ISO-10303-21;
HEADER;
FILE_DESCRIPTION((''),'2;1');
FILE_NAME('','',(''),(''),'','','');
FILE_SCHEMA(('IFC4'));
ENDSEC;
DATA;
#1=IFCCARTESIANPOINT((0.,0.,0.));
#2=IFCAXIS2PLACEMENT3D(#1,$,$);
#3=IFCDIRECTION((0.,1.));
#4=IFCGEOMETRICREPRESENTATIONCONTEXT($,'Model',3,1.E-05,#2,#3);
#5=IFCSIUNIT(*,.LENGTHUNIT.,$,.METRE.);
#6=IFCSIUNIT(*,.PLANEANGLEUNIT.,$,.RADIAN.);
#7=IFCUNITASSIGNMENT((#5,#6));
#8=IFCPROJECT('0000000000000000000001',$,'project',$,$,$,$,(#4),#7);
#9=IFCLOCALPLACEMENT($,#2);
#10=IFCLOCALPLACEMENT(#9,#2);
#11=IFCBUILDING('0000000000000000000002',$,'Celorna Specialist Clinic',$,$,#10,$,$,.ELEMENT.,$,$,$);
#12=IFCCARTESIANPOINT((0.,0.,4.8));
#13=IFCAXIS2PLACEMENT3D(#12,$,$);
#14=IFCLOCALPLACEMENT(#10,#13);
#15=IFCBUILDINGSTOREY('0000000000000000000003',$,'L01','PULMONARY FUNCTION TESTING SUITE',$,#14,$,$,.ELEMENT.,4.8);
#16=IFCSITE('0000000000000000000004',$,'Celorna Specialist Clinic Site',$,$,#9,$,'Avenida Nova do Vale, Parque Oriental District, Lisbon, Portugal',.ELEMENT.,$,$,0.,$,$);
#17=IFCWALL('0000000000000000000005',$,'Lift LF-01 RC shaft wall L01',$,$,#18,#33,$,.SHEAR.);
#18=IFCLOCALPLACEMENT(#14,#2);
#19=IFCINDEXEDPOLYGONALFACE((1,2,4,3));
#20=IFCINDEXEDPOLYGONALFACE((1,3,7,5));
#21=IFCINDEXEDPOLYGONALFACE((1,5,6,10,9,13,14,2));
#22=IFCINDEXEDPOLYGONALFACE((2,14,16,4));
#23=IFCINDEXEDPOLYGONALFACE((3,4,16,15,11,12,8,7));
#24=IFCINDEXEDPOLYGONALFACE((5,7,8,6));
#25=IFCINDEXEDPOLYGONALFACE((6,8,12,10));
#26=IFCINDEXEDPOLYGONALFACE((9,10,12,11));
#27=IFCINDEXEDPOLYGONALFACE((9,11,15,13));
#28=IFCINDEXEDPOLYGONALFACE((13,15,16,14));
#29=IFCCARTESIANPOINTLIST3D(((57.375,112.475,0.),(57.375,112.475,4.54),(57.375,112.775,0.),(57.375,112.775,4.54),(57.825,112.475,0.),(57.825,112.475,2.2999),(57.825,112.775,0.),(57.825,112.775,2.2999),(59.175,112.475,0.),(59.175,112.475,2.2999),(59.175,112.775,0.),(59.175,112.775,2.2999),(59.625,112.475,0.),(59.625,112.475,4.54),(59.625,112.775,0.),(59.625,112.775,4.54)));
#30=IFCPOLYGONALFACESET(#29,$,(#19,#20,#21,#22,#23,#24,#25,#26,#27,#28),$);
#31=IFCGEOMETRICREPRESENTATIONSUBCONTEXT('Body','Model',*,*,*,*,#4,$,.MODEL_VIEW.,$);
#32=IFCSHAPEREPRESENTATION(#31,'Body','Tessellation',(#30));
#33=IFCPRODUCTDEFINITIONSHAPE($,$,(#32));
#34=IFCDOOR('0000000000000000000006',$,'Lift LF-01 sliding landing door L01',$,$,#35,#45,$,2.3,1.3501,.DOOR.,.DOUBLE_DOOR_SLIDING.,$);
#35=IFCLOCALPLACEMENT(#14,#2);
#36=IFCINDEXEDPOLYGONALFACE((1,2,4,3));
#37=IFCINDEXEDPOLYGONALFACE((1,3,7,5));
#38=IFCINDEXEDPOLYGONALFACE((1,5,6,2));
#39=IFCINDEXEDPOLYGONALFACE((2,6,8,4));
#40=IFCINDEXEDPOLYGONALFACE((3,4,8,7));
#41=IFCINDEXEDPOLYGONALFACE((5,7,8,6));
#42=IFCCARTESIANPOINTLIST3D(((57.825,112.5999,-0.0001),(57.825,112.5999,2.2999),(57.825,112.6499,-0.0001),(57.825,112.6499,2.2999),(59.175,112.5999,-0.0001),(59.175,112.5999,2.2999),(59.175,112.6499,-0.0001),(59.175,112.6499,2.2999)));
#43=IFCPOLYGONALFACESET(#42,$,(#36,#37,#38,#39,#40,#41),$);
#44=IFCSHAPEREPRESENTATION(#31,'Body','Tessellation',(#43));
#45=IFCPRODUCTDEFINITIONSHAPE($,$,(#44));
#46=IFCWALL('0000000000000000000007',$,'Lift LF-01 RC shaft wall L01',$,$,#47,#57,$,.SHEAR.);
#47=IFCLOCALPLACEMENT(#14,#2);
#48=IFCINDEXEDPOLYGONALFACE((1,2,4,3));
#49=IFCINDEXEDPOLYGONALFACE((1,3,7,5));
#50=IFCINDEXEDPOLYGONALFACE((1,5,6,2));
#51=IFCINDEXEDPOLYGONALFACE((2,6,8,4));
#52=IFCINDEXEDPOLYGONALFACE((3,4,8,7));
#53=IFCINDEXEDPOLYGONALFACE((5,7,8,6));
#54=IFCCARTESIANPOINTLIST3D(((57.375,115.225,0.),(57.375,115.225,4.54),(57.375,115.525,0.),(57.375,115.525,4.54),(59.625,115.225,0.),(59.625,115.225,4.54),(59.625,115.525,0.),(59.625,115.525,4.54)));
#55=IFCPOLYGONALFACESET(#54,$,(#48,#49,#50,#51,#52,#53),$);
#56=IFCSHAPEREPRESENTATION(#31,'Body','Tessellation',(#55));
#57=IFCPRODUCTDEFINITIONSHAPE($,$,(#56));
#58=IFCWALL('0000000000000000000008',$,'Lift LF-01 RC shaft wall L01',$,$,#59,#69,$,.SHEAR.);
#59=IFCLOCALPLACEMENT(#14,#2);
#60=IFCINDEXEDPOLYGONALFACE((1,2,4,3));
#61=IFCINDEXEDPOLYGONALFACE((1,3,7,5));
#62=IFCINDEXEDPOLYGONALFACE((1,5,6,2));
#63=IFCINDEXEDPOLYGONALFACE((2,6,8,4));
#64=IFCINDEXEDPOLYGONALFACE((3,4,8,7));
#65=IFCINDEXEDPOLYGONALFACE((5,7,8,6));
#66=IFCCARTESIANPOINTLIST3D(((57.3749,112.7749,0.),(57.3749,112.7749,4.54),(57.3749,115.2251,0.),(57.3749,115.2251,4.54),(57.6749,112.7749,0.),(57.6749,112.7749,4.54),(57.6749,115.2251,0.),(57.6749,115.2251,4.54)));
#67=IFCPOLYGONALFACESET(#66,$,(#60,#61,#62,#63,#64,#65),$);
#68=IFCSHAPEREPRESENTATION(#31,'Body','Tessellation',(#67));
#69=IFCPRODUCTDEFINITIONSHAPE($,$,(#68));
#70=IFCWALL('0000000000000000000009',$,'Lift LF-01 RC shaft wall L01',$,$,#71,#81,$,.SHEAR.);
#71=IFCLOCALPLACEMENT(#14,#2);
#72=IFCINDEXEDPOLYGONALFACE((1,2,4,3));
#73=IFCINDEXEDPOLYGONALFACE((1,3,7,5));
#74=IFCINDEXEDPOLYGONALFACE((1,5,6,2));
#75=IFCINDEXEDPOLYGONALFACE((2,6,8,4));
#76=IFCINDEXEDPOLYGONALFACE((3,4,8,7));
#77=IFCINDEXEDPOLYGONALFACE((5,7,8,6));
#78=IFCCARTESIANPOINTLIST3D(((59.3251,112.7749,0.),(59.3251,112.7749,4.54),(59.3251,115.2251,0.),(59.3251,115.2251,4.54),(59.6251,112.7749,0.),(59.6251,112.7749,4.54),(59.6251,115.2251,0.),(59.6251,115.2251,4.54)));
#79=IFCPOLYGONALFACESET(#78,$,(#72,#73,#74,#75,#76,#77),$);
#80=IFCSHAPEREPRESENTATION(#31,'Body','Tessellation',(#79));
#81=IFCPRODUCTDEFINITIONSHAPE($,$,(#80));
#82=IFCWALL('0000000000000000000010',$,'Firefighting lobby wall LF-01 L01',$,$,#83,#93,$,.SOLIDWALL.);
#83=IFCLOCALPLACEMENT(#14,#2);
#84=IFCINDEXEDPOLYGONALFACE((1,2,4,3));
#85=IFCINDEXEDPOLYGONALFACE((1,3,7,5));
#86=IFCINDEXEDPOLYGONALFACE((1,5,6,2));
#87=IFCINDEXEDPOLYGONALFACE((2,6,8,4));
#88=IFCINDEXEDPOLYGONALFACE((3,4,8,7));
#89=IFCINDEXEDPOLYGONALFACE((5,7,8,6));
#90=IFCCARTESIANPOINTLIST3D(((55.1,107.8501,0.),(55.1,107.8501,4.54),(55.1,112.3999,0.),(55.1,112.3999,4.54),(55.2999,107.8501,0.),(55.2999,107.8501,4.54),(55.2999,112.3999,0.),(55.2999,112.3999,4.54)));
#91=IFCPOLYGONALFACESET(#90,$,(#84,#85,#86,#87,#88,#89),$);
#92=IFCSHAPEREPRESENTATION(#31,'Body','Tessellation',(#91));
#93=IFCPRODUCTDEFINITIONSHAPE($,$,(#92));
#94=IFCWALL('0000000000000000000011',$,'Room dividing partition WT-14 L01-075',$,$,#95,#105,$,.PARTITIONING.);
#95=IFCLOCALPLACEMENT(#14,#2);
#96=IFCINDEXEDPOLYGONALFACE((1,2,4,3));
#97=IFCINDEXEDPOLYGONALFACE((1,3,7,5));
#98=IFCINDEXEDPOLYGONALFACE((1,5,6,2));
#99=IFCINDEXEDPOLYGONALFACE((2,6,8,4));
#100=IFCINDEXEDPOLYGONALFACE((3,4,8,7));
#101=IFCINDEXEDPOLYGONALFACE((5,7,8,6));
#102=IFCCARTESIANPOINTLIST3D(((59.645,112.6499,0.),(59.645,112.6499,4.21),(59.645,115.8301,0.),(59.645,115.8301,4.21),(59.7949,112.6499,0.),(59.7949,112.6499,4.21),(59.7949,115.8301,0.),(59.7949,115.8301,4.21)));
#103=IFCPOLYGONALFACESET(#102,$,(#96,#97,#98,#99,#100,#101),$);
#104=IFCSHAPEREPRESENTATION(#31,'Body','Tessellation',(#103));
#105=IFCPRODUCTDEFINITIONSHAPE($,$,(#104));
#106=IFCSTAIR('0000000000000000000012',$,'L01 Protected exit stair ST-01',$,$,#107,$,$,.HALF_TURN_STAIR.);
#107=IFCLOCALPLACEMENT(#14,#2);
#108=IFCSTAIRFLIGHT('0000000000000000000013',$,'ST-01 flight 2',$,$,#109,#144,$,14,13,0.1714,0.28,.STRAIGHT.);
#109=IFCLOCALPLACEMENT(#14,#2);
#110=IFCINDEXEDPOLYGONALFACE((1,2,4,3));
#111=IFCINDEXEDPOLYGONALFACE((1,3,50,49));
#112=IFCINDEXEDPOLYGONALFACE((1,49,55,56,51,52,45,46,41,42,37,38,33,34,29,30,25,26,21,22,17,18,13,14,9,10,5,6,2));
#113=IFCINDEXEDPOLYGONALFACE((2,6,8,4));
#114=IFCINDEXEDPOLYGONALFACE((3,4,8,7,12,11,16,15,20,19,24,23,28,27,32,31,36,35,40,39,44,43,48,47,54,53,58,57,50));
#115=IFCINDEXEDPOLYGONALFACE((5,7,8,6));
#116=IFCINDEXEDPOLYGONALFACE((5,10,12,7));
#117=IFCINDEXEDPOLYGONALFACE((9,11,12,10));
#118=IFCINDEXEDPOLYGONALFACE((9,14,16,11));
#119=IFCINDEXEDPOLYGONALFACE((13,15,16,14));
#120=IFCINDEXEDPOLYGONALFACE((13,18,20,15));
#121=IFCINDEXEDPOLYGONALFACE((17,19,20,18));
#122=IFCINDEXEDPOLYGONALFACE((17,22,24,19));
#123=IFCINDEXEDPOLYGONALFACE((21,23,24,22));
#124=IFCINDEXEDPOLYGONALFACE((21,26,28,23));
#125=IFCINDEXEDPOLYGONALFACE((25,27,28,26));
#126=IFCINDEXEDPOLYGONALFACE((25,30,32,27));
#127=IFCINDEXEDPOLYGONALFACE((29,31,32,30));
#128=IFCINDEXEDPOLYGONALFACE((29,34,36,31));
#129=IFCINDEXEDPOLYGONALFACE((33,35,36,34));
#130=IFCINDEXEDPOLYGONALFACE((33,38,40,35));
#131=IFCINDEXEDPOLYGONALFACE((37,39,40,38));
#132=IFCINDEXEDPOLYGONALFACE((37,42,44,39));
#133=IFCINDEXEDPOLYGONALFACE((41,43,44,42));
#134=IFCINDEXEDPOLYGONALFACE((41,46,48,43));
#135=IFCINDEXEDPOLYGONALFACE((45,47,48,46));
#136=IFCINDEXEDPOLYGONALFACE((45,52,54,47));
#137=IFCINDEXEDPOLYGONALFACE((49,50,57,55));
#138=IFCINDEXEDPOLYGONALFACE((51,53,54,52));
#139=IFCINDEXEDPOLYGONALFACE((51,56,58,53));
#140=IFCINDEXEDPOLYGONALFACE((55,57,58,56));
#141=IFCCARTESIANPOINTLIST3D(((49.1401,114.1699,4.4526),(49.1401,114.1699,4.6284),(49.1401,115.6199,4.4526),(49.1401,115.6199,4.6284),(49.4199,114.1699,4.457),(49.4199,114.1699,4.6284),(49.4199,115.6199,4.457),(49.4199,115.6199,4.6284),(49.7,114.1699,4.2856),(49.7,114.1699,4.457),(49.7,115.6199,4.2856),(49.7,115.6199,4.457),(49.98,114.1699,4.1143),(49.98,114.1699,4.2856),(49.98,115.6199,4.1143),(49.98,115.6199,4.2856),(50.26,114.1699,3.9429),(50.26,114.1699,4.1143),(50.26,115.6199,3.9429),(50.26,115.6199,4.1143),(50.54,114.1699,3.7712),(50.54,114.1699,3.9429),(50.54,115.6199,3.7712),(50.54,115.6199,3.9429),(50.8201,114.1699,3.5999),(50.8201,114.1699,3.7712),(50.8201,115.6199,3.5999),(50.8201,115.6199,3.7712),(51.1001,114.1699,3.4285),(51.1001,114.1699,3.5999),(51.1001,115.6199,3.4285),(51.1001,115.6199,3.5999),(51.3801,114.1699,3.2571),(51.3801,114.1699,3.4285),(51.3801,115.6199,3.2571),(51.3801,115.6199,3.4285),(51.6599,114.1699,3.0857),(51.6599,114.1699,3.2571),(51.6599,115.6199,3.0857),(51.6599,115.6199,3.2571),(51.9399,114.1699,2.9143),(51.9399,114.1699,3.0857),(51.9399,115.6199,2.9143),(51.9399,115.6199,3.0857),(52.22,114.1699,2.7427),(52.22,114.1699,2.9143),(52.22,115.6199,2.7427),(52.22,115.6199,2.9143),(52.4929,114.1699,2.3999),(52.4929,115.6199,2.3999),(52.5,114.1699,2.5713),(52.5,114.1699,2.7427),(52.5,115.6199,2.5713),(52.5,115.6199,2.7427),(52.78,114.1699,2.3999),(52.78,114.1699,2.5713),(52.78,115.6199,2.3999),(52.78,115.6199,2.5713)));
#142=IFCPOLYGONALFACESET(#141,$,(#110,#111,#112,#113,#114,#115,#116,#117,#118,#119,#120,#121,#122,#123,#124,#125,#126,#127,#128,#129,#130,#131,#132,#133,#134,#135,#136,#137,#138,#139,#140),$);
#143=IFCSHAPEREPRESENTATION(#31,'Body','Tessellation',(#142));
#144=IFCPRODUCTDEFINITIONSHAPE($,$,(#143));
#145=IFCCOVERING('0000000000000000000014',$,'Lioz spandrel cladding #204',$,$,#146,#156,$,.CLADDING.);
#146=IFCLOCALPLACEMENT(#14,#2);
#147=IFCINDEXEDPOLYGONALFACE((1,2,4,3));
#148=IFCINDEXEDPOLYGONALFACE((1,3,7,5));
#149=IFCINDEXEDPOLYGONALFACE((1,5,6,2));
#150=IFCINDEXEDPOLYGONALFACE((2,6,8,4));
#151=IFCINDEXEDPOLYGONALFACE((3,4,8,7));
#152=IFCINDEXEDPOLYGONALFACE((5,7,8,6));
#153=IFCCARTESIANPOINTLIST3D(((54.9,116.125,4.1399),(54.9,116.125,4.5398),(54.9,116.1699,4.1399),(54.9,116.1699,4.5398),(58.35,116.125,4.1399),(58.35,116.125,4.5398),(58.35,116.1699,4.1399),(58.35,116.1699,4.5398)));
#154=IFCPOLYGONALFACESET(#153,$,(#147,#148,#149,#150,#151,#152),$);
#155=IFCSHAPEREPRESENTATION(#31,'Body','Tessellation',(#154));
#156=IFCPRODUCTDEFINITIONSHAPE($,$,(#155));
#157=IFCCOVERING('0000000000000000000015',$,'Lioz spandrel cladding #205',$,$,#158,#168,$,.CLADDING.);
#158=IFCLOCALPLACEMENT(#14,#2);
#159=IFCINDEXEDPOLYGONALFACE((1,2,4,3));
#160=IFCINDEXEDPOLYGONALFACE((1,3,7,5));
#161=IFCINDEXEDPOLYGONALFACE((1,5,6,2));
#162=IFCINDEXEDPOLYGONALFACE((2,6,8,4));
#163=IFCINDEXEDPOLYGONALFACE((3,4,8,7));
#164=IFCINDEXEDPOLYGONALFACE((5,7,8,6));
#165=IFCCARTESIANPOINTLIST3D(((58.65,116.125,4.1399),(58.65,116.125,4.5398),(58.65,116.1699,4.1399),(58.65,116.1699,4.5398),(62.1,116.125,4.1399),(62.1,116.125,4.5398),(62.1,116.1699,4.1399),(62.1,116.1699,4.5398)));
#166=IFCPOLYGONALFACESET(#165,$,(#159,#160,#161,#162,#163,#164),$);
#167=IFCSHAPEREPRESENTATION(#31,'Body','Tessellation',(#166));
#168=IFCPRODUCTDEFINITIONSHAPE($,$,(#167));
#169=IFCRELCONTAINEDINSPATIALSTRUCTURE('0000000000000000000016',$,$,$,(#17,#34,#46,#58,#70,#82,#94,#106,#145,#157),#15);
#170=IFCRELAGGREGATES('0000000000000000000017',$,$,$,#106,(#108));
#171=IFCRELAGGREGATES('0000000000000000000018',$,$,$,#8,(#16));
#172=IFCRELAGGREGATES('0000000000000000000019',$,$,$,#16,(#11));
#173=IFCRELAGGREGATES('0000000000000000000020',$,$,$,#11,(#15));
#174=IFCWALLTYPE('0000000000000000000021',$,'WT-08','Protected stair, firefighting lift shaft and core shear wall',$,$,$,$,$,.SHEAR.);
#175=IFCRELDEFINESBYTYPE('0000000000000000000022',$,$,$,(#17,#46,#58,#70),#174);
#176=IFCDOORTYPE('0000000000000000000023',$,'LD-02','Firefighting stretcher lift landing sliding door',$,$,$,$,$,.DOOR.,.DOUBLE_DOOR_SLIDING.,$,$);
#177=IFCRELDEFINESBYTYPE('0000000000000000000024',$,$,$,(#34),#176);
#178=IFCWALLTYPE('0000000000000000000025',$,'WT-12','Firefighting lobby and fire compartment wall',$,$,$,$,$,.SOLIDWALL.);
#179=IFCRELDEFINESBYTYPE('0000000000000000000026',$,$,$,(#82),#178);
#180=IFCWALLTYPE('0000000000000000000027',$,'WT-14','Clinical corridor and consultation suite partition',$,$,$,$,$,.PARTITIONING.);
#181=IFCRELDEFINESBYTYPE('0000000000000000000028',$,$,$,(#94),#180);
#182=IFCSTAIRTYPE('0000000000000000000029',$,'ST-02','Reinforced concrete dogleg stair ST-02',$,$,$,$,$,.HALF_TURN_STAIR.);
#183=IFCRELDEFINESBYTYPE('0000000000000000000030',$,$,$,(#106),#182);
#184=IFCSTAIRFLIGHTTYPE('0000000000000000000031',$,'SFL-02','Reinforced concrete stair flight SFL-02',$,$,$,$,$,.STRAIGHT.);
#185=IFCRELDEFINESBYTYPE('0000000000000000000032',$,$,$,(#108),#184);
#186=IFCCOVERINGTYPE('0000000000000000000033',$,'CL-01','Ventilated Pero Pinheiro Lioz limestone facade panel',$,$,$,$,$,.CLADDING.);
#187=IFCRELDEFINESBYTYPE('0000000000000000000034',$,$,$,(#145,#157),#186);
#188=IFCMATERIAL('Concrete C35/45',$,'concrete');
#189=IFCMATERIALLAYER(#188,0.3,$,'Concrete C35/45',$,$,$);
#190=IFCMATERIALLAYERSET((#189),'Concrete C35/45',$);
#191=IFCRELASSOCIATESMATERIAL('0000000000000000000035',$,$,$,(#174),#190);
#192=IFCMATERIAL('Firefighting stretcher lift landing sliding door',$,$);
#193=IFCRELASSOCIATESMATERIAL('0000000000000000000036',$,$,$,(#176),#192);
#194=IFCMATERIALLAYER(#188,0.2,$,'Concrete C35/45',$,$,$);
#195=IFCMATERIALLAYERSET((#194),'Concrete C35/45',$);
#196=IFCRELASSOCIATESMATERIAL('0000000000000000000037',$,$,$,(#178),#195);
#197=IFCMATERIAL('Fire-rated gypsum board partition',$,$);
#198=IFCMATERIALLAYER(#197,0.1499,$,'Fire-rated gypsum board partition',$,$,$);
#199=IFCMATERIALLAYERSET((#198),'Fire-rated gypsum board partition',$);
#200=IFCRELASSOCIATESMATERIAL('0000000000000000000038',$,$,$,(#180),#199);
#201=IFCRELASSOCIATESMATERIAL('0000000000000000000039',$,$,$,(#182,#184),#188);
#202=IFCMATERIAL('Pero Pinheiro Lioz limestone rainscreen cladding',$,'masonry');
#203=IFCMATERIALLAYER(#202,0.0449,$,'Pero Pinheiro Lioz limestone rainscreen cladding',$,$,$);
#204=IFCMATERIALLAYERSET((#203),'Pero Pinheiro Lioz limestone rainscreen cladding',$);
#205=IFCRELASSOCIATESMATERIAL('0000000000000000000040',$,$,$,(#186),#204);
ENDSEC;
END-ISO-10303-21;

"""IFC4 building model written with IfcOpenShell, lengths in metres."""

from ifc_helpers import new_model, si_unit, direction, frame, frame_2d, origin, origin_2d, place, context, subcontext, project, spatial, polyline, rectangle, outline, extrude, material, layer, layer_set, type_object, element, fill, aggregate, save


model = new_model("IFC4")

# Units and contexts
model_context = context("Model", 3, precision=1e-05, world=origin(), true_north=direction((0.0, 1.0)))
body_context = subcontext(model_context, "Body", "Model", "MODEL_VIEW")
ifc_project = project(units=[si_unit("LENGTHUNIT", "METRE"), si_unit("PLANEANGLEUNIT", "RADIAN")], contexts=[model_context])

# Site, building, storey
site_placement = place(None, origin())
site = spatial("IfcSite", under=ifc_project, at=site_placement, Name="Celorna Specialist Clinic Site", LongName="Avenida Nova do Vale, Parque Oriental District, Lisbon, Portugal", CompositionType="ELEMENT", RefElevation=0.0)
building_placement = place(site_placement, origin())
building = spatial("IfcBuilding", under=site, at=building_placement, Name="Celorna Specialist Clinic", CompositionType="ELEMENT")
storey_placement = place(building_placement, frame((0.0, 0.0, 4.8)))
storey = spatial("IfcBuildingStorey", under=building, at=storey_placement, Name="L01", Description="PULMONARY FUNCTION TESTING SUITE", CompositionType="ELEMENT", Elevation=4.8)

# Shared definitions
ifc_material_1 = material(Name="Concrete C35/45", Category="concrete")

# Shared definitions
ifc_layer_1 = layer(ifc_material_1, 0.3, Name="Concrete C35/45")
ifc_layer_set_1 = layer_set([ifc_layer_1], Name="Concrete C35/45")
wall_type_1 = type_object("IfcWallType", Name="WT-08", Description="Protected stair, firefighting lift shaft and core shear wall", PredefinedType="SHEAR", material=ifc_layer_set_1)

# Wall, opening, door
wall_1_placement = place(storey_placement, frame((57.375, 112.625, 0.0), z_axis=(0.0, 0.0, 1.0), x_axis=(1.0, 0.0, 0.0)))
wall_1 = element("IfcWall", 1, at=wall_1_placement, inside=storey, type_object=wall_type_1, Name="Lift LF-01 RC shaft wall L01", PredefinedType="SHEAR", context=body_context, shape_type="SweptSolid", body=[
    extrude(rectangle(XDim=2.25, YDim=0.3, at=frame_2d((1.125, 0.0))), origin(), (0.0, 0.0, 1.0), 4.54),
])
opening_1_placement = place(wall_1_placement, frame((0.45, 0.0, 0.0)))
opening_1 = element("IfcOpeningElement", 2, at=opening_1_placement, cuts=wall_1, PredefinedType="OPENING", context=body_context, shape_type="SweptSolid", body=[
    extrude(rectangle(XDim=1.3501, YDim=2.3, at=frame_2d((0.675, 1.1499))), frame((0.0, 0.1599, 0.0), z_axis=(0.0, -1.0, 0.0), x_axis=(1.0, 0.0, 0.0)), (0.0, 0.0, 1.0), 0.3201),
])
ifc_material_2 = material(Name="Firefighting stretcher lift landing sliding door")
door_type = type_object("IfcDoorType", Name="LD-02", Description="Firefighting stretcher lift landing sliding door", OperationType="DOUBLE_DOOR_SLIDING", PredefinedType="DOOR", material=ifc_material_2)
door_placement = place(opening_1_placement, origin())
door = element("IfcDoor", 3, at=door_placement, inside=storey, type_object=door_type, Name="Lift LF-01 sliding landing door L01", OperationType="DOUBLE_DOOR_SLIDING", OverallHeight=2.3, OverallWidth=1.3501, PredefinedType="DOOR", context=body_context, shape_type="SweptSolid", body=[
    extrude(rectangle(XDim=1.3501, YDim=2.3, at=frame_2d((0.675, 1.1499))), frame((0.0, 0.0249, 0.0), z_axis=(0.0, -1.0, 0.0), x_axis=(1.0, 0.0, 0.0)), (0.0, 0.0, 1.0), 0.05),
])
fill(opening_1, door)

# Walls
wall_2_placement = place(storey_placement, frame((59.625, 115.375, 0.0), z_axis=(0.0, 0.0, 1.0), x_axis=(-1.0, 0.0, 0.0)))
element("IfcWall", 4, at=wall_2_placement, inside=storey, type_object=wall_type_1, Name="Lift LF-01 RC shaft wall L01", PredefinedType="SHEAR", context=body_context, shape_type="SweptSolid", body=[
    extrude(rectangle(XDim=2.25, YDim=0.3, at=frame_2d((1.125, 0.0))), origin(), (0.0, 0.0, 1.0), 4.54),
])
for number, where, z_axis, x_axis, name in (
    (5, (57.5249, 115.2251, 0.0), (0.0, 0.0, 1.0), (0.0, -1.0, 0.0), "Lift LF-01 RC shaft wall L01"),
    (6, (59.4751, 112.7749, 0.0), (0.0, 0.0, 1.0), (0.0, 1.0, 0.0), "Lift LF-01 RC shaft wall L01"),
):
    element("IfcWall", number, at=place(storey_placement, frame(where, z_axis=z_axis, x_axis=x_axis)), inside=storey, type_object=wall_type_1, Name=name, PredefinedType="SHEAR", context=body_context, shape_type="SweptSolid", body=[
        extrude(rectangle(XDim=2.4502, YDim=0.3, at=frame_2d((1.2251, 0.0))), origin(), (0.0, 0.0, 1.0), 4.54),
    ])
ifc_layer_2 = layer(ifc_material_1, 0.2, Name="Concrete C35/45")
ifc_layer_set_2 = layer_set([ifc_layer_2], Name="Concrete C35/45")
wall_type_2 = type_object("IfcWallType", Name="WT-12", Description="Firefighting lobby and fire compartment wall", PredefinedType="SOLIDWALL", material=ifc_layer_set_2)
wall_3_placement = place(storey_placement, frame((55.2, 112.3999, 0.0), z_axis=(0.0, 0.0, 1.0), x_axis=(0.0, -1.0, 0.0)))
element("IfcWall", 7, at=wall_3_placement, inside=storey, type_object=wall_type_2, Name="Firefighting lobby wall LF-01 L01", PredefinedType="SOLIDWALL", context=body_context, shape_type="SweptSolid", body=[
    extrude(rectangle(XDim=4.5498, YDim=0.2, at=frame_2d((2.2749, 0.0))), origin(), (0.0, 0.0, 1.0), 4.54),
])
ifc_material_3 = material(Name="Fire-rated gypsum board partition")
ifc_layer_3 = layer(ifc_material_3, 0.1499, Name="Fire-rated gypsum board partition")
ifc_layer_set_3 = layer_set([ifc_layer_3], Name="Fire-rated gypsum board partition")
wall_type_3 = type_object("IfcWallType", Name="WT-14", Description="Clinical corridor and consultation suite partition", PredefinedType="PARTITIONING", material=ifc_layer_set_3)
wall_4_placement = place(storey_placement, frame((59.72, 112.6499, 0.0), z_axis=(0.0, 0.0, 1.0), x_axis=(0.0, 1.0, 0.0)))
element("IfcWall", 8, at=wall_4_placement, inside=storey, type_object=wall_type_3, Name="Room dividing partition WT-14 L01-075", PredefinedType="PARTITIONING", context=body_context, shape_type="SweptSolid", body=[
    extrude(rectangle(XDim=3.1802, YDim=0.1499, at=frame_2d((1.5901, 0.0))), origin(), (0.0, 0.0, 1.0), 4.21),
])

# Stair, stair flight
stair_type = type_object("IfcStairType", Name="ST-02", Description="Reinforced concrete dogleg stair ST-02", PredefinedType="HALF_TURN_STAIR", material=ifc_material_1)
stair_placement = place(storey_placement, origin())
stair = element("IfcStair", 9, at=stair_placement, inside=storey, type_object=stair_type, Name="L01 Protected exit stair ST-01", PredefinedType="HALF_TURN_STAIR")
stair_flight_type = type_object("IfcStairFlightType", Name="SFL-02", Description="Reinforced concrete stair flight SFL-02", PredefinedType="STRAIGHT", material=ifc_material_1)
stair_flight_placement = place(storey_placement, frame((52.78, 114.895, 2.3999), z_axis=(0.0, 0.0, 1.0), x_axis=(-1.0, 0.0, 0.0)))
stair_flight = element("IfcStairFlight", 10, at=stair_flight_placement, type_object=stair_flight_type, Name="ST-01 flight 2", NumberOfRisers=14, NumberOfTreads=13, PredefinedType="STRAIGHT", RiserHeight=0.1714, TreadLength=0.28, context=body_context, shape_type="SweptSolid", body=[
    extrude(outline(polyline([(0.0, 0.0), (0.0, 0.1714), (0.28, 0.1714), (0.28, 0.3428), (0.5601, 0.3428), (0.5601, 0.5144), (0.8401, 0.5144), (0.8401, 0.6858), (1.1201, 0.6858), (1.1201, 0.8572), (1.3999, 0.8572), (1.3999, 1.0286), (1.6799, 1.0286), (1.6799, 1.2), (1.96, 1.2), (1.96, 1.3713), (2.24, 1.3713), (2.24, 1.543), (2.52, 1.543), (2.52, 1.7144), (2.8, 1.7144), (2.8, 1.8857), (3.0801, 1.8857), (3.0801, 2.0571), (3.3601, 2.0571), (3.3601, 2.2285), (3.6399, 2.2285), (3.6399, 2.3999), (3.6399, 2.0527), (0.2871, 0.0), (0.0, 0.0)])), frame((0.0, 0.7251, 0.0), z_axis=(0.0, -1.0, 0.0), x_axis=(1.0, 0.0, 0.0)), (0.0, 0.0, 1.0), 1.45),
])
aggregate(stair, [stair_flight])

# Coverings
ifc_material_4 = material(Name="Pero Pinheiro Lioz limestone rainscreen cladding", Category="masonry")
ifc_layer_4 = layer(ifc_material_4, 0.0449, Name="Pero Pinheiro Lioz limestone rainscreen cladding")
ifc_layer_set_4 = layer_set([ifc_layer_4], Name="Pero Pinheiro Lioz limestone rainscreen cladding")
covering_type = type_object("IfcCoveringType", Name="CL-01", Description="Ventilated Pero Pinheiro Lioz limestone facade panel", PredefinedType="CLADDING", material=ifc_layer_set_4)
for number, where, z_axis, x_axis, name in (
    (11, (56.625, 116.1475, 4.1399), (0.0, 0.0, 1.0), (1.0, 0.0, 0.0), "Lioz spandrel cladding #204"),
    (12, (60.375, 116.1475, 4.1399), (0.0, 0.0, 1.0), (1.0, 0.0, 0.0), "Lioz spandrel cladding #205"),
):
    element("IfcCovering", number, at=place(storey_placement, frame(where, z_axis=z_axis, x_axis=x_axis)), inside=storey, type_object=covering_type, Name=name, PredefinedType="CLADDING", context=body_context, shape_type="SweptSolid", body=[
        extrude(rectangle(XDim=3.45, YDim=0.0449, at=origin_2d()), origin(), (0.0, 0.0, 1.0), 0.3999),
    ])

save(model, "model.ifc")
